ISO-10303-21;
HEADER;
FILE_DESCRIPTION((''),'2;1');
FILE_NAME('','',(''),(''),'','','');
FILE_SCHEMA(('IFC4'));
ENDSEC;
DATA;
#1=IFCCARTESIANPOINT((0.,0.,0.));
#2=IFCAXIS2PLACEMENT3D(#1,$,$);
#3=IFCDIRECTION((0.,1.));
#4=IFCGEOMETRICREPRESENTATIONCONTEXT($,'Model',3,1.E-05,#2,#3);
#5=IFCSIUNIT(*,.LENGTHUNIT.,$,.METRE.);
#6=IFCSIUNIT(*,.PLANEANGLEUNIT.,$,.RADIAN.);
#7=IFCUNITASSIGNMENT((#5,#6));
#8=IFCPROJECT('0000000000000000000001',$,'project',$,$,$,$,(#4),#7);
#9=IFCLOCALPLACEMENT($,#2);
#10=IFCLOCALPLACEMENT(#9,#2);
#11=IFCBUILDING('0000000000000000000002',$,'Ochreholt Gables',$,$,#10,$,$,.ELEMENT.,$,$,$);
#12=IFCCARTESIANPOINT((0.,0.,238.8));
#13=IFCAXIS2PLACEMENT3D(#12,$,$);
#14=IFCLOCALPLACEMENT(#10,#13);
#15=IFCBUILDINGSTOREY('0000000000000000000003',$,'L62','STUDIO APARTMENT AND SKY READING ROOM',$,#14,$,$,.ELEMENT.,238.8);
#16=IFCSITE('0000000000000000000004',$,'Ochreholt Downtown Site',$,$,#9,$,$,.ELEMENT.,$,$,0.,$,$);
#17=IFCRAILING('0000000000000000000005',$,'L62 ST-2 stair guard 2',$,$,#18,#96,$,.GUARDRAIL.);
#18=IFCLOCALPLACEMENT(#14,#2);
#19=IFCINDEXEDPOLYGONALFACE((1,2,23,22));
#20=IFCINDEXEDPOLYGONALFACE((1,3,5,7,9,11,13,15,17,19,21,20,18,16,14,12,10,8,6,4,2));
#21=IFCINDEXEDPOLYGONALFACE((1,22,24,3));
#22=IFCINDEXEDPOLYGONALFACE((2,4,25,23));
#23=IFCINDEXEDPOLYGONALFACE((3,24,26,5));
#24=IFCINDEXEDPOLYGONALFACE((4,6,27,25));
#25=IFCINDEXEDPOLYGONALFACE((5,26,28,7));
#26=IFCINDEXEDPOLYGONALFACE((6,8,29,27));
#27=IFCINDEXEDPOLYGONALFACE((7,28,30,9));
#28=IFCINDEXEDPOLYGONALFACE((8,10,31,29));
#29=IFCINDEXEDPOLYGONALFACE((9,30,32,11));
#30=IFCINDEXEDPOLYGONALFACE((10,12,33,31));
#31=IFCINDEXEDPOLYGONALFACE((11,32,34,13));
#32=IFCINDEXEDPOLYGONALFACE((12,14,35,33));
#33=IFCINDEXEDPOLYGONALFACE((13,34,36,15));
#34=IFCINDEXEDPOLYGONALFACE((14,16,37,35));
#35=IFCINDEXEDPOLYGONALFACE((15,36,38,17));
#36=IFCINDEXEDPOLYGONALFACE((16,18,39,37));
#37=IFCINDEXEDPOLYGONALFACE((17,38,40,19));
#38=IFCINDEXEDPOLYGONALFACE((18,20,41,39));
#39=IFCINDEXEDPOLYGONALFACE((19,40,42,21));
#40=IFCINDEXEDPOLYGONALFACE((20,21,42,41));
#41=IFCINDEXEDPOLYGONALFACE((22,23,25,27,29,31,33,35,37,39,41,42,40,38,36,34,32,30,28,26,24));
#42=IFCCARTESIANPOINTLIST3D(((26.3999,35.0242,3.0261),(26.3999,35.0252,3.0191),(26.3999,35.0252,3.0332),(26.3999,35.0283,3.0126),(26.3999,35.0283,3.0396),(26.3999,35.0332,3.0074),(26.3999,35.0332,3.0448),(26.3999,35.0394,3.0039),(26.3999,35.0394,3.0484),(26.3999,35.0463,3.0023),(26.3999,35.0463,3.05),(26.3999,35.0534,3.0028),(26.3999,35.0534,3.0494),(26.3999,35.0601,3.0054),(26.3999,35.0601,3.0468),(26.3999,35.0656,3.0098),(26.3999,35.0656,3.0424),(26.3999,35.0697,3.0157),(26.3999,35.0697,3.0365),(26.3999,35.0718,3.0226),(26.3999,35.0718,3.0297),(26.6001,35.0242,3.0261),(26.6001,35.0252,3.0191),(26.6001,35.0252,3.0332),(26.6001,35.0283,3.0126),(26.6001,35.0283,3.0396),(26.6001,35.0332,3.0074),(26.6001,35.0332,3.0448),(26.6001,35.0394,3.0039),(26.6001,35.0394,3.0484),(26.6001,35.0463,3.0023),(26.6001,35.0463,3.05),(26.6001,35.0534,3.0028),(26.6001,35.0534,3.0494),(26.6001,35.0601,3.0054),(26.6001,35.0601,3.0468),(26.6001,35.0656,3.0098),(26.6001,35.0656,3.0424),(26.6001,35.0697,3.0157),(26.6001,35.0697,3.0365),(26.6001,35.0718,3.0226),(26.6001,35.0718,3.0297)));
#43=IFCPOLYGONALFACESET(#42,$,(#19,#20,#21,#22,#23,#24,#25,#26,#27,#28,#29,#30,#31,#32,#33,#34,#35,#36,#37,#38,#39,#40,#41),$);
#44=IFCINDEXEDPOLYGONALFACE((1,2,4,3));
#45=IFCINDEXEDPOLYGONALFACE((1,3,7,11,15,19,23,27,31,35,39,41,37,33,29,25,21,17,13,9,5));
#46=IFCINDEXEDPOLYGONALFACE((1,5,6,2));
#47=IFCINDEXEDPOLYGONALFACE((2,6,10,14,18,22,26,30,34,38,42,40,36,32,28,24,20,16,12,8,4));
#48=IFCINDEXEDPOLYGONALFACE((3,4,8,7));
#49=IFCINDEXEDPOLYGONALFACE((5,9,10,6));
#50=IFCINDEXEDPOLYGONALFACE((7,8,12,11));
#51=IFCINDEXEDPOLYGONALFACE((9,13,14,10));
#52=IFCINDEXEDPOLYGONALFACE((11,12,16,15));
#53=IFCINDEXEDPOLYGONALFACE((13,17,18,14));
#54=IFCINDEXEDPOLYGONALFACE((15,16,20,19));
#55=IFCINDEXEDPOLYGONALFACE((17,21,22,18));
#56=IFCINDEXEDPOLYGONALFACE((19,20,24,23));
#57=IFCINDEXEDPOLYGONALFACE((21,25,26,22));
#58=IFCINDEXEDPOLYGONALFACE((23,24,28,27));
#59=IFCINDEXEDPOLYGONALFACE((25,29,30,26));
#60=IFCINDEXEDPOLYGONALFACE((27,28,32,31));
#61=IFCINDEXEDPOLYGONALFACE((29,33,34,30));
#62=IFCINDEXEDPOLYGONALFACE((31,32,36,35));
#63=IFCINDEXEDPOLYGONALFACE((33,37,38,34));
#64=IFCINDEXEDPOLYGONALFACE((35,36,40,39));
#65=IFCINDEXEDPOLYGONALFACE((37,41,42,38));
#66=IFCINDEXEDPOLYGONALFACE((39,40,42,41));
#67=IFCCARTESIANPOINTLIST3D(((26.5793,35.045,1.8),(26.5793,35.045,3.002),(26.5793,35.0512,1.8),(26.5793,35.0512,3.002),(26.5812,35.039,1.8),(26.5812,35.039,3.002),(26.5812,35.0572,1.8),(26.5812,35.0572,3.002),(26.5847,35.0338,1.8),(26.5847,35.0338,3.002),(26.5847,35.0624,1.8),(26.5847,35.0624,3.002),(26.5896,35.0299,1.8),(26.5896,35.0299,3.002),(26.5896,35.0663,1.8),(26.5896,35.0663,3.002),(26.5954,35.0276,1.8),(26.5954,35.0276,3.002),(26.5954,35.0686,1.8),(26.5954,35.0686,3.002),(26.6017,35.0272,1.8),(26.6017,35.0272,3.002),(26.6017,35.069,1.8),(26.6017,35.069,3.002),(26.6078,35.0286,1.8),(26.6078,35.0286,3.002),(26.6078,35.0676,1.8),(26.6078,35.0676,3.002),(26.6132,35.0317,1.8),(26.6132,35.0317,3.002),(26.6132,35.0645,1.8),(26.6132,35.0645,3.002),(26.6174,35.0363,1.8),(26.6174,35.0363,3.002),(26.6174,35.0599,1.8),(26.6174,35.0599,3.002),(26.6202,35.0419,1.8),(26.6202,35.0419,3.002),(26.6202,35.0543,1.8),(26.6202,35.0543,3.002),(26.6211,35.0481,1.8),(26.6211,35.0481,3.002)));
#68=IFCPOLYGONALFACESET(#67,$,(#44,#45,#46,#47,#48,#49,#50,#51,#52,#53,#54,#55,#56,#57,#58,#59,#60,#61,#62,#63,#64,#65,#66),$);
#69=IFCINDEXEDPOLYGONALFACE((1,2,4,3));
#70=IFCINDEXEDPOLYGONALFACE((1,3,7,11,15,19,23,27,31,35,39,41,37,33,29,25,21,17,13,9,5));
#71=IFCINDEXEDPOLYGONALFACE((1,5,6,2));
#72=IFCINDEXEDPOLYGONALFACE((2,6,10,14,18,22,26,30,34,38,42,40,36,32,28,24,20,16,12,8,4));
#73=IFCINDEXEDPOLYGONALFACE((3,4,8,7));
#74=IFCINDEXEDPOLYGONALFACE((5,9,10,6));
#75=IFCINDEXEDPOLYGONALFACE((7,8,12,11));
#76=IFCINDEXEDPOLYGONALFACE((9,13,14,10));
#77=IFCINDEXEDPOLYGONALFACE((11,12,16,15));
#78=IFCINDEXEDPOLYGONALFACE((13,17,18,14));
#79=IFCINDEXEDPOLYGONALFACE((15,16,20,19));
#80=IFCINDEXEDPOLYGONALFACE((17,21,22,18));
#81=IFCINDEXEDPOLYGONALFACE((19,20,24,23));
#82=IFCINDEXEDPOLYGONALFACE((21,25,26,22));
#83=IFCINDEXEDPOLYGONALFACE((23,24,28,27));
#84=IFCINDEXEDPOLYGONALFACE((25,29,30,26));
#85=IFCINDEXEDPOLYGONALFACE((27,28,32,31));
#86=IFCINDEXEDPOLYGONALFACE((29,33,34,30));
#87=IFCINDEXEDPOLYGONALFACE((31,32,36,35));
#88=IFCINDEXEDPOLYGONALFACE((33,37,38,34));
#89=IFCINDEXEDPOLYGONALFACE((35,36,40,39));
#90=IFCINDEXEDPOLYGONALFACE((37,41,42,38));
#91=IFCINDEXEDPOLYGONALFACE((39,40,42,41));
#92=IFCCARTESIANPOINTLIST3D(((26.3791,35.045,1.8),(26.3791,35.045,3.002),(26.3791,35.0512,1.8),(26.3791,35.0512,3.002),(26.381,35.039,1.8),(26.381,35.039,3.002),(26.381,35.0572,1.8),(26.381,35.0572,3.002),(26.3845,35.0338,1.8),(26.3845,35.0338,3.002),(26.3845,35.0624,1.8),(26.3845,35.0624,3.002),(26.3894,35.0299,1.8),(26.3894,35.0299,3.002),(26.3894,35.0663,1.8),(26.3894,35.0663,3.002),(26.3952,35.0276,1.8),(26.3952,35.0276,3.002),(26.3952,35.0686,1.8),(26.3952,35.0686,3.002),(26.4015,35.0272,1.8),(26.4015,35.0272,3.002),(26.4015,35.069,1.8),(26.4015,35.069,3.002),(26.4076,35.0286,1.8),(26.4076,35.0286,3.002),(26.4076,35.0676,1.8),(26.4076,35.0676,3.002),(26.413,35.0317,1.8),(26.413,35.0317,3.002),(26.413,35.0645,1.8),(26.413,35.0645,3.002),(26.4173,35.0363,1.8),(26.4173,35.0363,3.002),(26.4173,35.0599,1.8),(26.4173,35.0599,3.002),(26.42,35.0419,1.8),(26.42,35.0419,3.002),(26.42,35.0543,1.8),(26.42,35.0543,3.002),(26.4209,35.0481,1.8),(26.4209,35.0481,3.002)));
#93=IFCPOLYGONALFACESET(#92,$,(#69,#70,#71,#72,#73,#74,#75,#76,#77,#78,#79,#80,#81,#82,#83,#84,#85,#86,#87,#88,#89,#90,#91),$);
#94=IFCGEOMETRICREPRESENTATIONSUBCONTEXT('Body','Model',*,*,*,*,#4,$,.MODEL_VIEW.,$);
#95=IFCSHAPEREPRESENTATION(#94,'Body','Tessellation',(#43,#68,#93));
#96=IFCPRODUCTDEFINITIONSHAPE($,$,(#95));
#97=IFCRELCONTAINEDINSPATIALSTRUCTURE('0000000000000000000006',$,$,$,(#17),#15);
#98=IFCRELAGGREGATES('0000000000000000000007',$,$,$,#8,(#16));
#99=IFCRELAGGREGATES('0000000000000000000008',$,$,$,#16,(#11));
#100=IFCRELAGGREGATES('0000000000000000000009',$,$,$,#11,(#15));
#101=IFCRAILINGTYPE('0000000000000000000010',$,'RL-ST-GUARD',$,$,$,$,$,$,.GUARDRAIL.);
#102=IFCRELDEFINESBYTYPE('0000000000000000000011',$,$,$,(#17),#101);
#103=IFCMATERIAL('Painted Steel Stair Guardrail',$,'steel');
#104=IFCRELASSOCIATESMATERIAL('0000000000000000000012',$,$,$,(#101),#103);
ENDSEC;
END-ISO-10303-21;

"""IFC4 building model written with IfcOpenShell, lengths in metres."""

from ifc_helpers import new_model, si_unit, direction, frame, origin, origin_2d, place, context, subcontext, project, spatial, circle, extrude, material, type_object, element, save


model = new_model("IFC4")

# Units and contexts
model_context = context("Model", 3, precision=1e-05, world=origin(), true_north=direction((0.0, 1.0)))
body_context = subcontext(model_context, "Body", "Model", "MODEL_VIEW")
ifc_project = project(units=[si_unit("LENGTHUNIT", "METRE"), si_unit("PLANEANGLEUNIT", "RADIAN")], contexts=[model_context])

# Site, building, storey
site_placement = place(None, origin())
site = spatial("IfcSite", under=ifc_project, at=site_placement, Name="Ochreholt Downtown Site", CompositionType="ELEMENT", RefElevation=0.0)
building_placement = place(site_placement, origin())
building = spatial("IfcBuilding", under=site, at=building_placement, Name="Ochreholt Gables", CompositionType="ELEMENT")
storey_placement = place(building_placement, frame((0.0, 0.0, 238.8)))
storey = spatial("IfcBuildingStorey", under=building, at=storey_placement, Name="L62", Description="STUDIO APARTMENT AND SKY READING ROOM", CompositionType="ELEMENT", Elevation=238.8)

# Railing
ifc_material_1 = material(Name="Painted Steel Stair Guardrail", Category="steel")
railing_type_1 = type_object("IfcRailingType", Name="RL-ST-GUARD", PredefinedType="GUARDRAIL", material=ifc_material_1)
railing_1_placement = place(storey_placement, frame((26.6001, 35.0481, 1.8)))
element("IfcRailing", 1, at=railing_1_placement, inside=storey, type_object=railing_type_1, Name="L62 ST-2 stair guard 2", PredefinedType="GUARDRAIL", context=body_context, shape_type="SweptSolid", body=[
    extrude(circle(Radius=0.0239, at=origin_2d()), frame((0.0, 0.0, 1.2261), z_axis=(-1.0, 0.0, 0.0), x_axis=(0.0, -1.0, 0.0)), (0.0, 0.0, 1.0), 0.2002),
    extrude(circle(Radius=0.021, at=origin_2d()), origin(), (0.0, 0.0, 1.0), 1.2019),
    extrude(circle(Radius=0.021, at=origin_2d()), frame((-0.2002, 0.0, 0.0)), (0.0, 0.0, 1.0), 1.2019),
])

save(model, "model.ifc")
